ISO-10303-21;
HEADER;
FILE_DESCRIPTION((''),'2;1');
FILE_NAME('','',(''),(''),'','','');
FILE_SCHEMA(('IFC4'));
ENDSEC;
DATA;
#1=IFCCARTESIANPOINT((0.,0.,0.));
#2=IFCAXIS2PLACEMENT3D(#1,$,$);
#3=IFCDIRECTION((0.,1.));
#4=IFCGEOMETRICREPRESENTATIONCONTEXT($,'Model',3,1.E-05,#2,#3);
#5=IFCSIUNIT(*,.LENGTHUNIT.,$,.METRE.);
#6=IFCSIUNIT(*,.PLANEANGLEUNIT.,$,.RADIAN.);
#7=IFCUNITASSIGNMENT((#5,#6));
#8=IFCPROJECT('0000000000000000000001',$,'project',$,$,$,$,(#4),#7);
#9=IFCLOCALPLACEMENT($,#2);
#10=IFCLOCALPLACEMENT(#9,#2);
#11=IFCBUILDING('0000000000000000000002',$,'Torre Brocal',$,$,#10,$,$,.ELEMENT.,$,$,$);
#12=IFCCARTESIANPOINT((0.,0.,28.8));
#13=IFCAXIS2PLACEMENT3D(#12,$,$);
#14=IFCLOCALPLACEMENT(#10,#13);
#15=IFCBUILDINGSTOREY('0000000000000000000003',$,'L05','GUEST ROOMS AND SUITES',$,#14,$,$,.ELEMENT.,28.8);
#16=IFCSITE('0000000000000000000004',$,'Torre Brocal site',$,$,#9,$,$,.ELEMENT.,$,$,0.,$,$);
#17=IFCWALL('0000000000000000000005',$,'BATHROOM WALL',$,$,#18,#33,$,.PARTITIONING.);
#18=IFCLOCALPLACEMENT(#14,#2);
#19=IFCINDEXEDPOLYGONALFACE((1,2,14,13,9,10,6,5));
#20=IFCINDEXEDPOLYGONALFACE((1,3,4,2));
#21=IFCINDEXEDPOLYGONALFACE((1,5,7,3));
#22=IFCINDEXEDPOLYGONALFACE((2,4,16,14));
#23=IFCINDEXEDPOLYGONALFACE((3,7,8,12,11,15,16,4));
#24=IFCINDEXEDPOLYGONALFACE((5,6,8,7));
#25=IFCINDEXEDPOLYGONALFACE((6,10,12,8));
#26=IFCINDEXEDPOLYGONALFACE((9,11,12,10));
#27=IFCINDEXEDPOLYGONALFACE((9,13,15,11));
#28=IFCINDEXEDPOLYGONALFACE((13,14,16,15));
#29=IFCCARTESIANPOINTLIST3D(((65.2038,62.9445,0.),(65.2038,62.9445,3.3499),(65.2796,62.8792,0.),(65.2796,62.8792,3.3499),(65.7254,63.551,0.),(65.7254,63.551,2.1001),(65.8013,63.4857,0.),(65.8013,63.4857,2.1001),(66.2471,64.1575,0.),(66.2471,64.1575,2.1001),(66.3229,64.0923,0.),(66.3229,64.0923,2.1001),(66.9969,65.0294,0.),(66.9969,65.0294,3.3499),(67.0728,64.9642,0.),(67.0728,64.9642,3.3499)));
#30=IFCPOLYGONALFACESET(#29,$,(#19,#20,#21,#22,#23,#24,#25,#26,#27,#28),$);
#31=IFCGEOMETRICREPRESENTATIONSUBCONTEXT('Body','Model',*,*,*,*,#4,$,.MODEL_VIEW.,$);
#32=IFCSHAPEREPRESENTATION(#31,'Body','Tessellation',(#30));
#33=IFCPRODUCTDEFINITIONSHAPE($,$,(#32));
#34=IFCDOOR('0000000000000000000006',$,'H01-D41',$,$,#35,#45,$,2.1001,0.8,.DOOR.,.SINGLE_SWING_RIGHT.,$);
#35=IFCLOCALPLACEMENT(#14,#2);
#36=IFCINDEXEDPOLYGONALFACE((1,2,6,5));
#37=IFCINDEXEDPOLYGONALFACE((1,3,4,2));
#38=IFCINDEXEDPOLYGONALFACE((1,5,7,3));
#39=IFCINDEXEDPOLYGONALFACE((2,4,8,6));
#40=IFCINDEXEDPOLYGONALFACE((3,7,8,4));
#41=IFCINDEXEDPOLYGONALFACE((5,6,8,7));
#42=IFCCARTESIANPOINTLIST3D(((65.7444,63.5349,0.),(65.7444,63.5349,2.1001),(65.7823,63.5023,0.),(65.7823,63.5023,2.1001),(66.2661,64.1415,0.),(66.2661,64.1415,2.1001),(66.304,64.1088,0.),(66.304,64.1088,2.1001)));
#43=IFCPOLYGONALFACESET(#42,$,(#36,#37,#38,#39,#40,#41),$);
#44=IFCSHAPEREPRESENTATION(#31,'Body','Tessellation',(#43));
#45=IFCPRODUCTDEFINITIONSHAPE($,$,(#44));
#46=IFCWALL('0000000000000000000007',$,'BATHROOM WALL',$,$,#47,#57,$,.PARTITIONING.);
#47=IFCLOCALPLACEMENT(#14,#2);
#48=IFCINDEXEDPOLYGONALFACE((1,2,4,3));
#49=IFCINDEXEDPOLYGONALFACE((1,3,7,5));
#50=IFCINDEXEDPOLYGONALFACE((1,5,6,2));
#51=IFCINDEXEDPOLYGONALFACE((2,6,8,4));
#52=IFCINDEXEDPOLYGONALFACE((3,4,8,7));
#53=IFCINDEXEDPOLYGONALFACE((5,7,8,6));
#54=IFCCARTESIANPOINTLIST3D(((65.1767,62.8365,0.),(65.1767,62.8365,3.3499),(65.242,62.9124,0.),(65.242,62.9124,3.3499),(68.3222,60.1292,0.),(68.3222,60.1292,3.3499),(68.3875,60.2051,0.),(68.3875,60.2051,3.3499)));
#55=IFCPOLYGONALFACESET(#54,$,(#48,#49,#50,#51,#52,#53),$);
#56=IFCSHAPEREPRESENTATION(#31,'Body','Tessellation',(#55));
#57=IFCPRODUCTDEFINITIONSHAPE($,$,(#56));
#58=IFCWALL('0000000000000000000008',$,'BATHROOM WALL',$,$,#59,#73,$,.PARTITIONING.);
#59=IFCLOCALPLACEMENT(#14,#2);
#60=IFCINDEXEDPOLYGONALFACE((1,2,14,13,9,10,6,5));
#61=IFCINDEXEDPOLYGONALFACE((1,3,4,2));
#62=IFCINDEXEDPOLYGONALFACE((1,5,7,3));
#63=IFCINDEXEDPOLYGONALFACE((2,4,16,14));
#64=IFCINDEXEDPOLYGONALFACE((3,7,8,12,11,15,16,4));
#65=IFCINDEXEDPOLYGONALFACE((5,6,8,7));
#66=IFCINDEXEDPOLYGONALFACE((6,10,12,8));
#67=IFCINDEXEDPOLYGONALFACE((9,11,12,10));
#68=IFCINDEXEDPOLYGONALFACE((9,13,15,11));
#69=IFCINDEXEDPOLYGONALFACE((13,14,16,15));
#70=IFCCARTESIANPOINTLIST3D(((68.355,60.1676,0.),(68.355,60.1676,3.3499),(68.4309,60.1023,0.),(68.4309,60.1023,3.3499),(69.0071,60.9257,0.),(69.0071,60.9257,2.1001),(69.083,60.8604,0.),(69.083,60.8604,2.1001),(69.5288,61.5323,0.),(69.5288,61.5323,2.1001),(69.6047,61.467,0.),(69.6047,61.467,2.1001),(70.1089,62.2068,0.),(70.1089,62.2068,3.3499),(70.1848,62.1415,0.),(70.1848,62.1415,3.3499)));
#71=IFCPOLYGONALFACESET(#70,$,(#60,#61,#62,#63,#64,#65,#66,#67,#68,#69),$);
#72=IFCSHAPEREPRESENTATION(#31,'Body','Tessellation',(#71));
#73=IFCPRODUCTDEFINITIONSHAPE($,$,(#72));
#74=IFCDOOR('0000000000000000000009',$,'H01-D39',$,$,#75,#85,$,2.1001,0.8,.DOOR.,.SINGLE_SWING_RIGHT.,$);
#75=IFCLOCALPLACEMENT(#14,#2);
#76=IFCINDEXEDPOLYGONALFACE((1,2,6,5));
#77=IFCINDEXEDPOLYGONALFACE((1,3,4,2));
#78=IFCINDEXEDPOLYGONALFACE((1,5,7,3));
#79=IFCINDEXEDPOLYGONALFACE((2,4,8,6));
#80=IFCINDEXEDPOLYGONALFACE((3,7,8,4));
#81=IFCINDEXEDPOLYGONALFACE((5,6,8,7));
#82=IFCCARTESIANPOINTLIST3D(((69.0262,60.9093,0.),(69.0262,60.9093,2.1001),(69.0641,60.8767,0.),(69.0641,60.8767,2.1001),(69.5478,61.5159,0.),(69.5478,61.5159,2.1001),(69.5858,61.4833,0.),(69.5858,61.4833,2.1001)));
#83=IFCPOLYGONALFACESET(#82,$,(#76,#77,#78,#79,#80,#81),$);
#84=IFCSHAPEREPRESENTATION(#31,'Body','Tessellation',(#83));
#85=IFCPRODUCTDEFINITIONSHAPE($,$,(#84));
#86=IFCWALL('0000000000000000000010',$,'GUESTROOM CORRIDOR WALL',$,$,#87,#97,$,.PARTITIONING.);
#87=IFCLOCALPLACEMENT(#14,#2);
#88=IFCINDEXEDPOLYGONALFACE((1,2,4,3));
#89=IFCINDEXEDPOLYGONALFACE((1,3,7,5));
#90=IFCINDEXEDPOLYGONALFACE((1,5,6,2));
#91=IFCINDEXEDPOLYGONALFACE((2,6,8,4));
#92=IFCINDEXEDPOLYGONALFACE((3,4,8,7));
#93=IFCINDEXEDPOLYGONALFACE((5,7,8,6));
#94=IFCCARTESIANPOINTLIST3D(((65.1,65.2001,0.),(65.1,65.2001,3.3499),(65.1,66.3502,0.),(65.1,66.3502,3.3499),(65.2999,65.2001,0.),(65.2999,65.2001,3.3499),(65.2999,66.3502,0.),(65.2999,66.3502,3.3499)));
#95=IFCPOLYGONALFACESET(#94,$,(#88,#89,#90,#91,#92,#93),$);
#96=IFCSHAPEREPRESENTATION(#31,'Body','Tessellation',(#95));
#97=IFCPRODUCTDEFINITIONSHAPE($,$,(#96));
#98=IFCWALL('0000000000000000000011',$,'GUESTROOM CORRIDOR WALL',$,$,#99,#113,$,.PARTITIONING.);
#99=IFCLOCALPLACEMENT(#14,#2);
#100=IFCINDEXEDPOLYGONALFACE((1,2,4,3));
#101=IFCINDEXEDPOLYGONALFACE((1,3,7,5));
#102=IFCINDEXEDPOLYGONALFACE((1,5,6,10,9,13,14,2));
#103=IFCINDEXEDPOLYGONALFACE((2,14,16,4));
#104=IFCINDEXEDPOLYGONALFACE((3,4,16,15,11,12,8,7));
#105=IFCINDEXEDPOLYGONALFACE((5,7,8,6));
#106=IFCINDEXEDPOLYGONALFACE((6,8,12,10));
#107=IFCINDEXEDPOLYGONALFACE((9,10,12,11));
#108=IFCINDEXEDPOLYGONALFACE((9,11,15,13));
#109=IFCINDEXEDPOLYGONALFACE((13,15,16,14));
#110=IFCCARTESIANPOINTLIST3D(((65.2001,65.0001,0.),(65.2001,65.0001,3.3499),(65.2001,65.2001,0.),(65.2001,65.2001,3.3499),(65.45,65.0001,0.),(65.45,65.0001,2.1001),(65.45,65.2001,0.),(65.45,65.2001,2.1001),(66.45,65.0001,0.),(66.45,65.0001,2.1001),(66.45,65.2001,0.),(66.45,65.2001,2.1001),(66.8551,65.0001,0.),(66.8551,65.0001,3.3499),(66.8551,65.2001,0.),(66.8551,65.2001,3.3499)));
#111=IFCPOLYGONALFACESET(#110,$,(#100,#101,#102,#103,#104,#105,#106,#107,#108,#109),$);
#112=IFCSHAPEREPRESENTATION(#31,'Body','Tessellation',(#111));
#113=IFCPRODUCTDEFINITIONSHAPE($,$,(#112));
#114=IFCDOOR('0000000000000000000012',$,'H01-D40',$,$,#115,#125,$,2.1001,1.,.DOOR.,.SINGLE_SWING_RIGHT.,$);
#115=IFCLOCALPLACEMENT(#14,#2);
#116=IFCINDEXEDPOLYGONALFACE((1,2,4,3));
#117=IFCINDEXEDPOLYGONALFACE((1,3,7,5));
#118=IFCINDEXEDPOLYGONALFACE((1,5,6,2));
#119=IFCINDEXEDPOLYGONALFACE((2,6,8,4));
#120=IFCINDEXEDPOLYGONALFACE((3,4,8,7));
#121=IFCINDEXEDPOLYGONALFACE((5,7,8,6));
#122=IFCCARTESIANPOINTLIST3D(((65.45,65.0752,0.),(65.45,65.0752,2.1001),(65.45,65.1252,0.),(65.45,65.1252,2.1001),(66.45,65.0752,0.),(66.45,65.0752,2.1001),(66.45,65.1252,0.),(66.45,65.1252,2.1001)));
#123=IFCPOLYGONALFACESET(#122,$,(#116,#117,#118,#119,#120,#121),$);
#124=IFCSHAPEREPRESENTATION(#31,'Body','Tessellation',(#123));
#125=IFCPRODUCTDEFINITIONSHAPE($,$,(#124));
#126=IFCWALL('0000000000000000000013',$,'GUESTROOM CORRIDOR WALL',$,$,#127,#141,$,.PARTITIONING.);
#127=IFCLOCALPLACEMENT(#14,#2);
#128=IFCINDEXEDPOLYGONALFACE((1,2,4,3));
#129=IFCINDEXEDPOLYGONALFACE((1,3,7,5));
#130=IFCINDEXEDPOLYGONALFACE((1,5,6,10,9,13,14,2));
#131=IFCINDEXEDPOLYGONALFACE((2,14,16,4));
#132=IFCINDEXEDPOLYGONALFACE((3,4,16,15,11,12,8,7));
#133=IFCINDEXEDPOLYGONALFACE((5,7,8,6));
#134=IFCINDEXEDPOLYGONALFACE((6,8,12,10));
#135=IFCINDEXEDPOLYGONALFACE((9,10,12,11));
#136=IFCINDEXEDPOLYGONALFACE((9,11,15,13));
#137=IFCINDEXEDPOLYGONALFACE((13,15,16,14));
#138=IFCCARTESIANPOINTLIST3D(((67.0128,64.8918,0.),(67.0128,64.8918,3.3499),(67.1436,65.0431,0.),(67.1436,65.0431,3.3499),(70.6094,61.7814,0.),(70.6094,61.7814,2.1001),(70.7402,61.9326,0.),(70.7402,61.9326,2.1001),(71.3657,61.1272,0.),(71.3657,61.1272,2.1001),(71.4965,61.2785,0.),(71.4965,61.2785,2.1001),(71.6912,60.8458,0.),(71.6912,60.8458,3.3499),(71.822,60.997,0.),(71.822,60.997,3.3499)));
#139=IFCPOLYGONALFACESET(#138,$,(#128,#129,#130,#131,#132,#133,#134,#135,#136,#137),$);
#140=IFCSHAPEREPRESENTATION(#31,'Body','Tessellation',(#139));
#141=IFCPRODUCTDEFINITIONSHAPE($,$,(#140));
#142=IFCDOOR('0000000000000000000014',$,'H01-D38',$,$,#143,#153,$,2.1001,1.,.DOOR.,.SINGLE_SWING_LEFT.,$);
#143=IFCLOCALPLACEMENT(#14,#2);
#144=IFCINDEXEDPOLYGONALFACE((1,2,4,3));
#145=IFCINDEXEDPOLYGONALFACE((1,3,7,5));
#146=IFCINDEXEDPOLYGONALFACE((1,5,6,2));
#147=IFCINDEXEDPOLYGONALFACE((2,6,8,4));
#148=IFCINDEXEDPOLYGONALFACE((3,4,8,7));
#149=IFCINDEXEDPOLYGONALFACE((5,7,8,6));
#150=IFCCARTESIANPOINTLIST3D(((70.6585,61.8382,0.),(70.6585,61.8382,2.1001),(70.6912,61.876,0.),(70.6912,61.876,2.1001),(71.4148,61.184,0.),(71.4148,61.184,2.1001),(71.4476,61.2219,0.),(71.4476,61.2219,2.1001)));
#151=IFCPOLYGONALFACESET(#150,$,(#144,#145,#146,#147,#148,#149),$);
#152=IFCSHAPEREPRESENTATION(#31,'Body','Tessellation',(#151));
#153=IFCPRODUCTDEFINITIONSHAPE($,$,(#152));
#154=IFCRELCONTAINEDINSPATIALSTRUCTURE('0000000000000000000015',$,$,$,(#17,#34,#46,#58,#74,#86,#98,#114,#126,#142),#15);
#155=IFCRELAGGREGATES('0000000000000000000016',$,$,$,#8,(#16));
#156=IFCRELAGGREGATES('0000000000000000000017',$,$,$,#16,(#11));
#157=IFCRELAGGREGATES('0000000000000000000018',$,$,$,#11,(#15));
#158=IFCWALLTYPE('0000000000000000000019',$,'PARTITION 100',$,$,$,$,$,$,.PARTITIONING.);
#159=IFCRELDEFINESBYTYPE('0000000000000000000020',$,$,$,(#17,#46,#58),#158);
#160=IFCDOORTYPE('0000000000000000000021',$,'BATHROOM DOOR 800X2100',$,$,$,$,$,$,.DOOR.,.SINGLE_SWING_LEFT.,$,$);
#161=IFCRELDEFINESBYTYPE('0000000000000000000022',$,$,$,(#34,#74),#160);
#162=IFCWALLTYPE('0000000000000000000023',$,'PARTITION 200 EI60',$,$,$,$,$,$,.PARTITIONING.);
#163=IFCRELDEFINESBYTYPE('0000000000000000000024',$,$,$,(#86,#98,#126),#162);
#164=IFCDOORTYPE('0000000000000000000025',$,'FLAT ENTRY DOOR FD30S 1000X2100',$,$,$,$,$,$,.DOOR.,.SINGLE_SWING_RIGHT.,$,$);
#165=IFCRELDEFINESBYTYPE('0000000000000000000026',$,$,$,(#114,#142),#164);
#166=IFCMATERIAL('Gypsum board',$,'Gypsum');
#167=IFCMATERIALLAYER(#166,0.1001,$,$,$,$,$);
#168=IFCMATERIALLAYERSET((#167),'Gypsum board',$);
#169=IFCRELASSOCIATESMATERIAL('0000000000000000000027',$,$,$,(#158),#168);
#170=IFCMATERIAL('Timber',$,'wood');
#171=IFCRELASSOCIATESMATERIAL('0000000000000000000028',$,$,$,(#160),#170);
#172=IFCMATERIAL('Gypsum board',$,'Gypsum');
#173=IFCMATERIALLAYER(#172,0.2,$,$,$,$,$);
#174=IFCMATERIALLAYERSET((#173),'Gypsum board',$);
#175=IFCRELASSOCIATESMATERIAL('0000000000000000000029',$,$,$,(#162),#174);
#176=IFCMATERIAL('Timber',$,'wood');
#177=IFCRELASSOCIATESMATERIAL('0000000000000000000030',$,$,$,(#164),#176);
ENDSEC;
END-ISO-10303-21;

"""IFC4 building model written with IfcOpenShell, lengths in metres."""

from ifc_helpers import new_model, si_unit, direction, frame, frame_2d, origin, place, context, subcontext, project, spatial, rectangle, extrude, material, layer, layer_set, type_object, element, fill, save


model = new_model("IFC4")

# Units and contexts
model_context = context("Model", 3, precision=1e-05, world=origin(), true_north=direction((0.0, 1.0)))
body_context = subcontext(model_context, "Body", "Model", "MODEL_VIEW")
ifc_project = project(units=[si_unit("LENGTHUNIT", "METRE"), si_unit("PLANEANGLEUNIT", "RADIAN")], contexts=[model_context])

# Site, building, storey
site_placement = place(None, origin())
site = spatial("IfcSite", under=ifc_project, at=site_placement, Name="Torre Brocal site", CompositionType="ELEMENT", RefElevation=0.0)
building_placement = place(site_placement, origin())
building = spatial("IfcBuilding", under=site, at=building_placement, Name="Torre Brocal", CompositionType="ELEMENT")
storey_placement = place(building_placement, frame((0.0, 0.0, 28.8)))
storey = spatial("IfcBuildingStorey", under=building, at=storey_placement, Name="L05", Description="GUEST ROOMS AND SUITES", CompositionType="ELEMENT", Elevation=28.8)

# Wall, opening, door
ifc_material_1 = material(Name="Gypsum board", Category="Gypsum")
ifc_layer_1 = layer(ifc_material_1, 0.1001)
ifc_layer_set_1 = layer_set([ifc_layer_1], Name="Gypsum board")
wall_type_1 = type_object("IfcWallType", Name="PARTITION 100", PredefinedType="PARTITIONING", material=ifc_layer_set_1)
wall_1_placement = place(storey_placement, frame((65.2417, 62.9119, 0.0), z_axis=(0.0, 0.0, 1.0), x_axis=(0.65207, 0.758159, 0.0)))
wall_1 = element("IfcWall", 1, at=wall_1_placement, inside=storey, type_object=wall_type_1, Name="BATHROOM WALL", PredefinedType="PARTITIONING", context=body_context, shape_type="SweptSolid", body=[
    extrude(rectangle(XDim=2.75, YDim=0.1001, at=frame_2d((1.375, 0.0))), origin(), (0.0, 0.0, 1.0), 3.3499),
])
opening_1_placement = place(wall_1_placement, frame((0.8, 0.0, 0.0)))
opening_1 = element("IfcOpeningElement", 2, at=opening_1_placement, cuts=wall_1, PredefinedType="OPENING", context=body_context, shape_type="SweptSolid", body=[
    extrude(rectangle(XDim=0.8, YDim=2.1001, at=frame_2d((0.3999, 1.05))), frame((0.0, 0.0601, 0.0), z_axis=(0.0, -1.0, 0.0), x_axis=(1.0, 0.0, 0.0)), (0.0, 0.0, 1.0), 0.1201),
])
ifc_material_2 = material(Name="Timber", Category="wood")
door_type_1 = type_object("IfcDoorType", Name="BATHROOM DOOR 800X2100", OperationType="SINGLE_SWING_LEFT", PredefinedType="DOOR", material=ifc_material_2)
door_1_placement = place(opening_1_placement, frame((0.8, 0.0, 0.0), z_axis=(0.0, 0.0, 1.0), x_axis=(-1.0, 0.0, 0.0)))
door_1 = element("IfcDoor", 3, at=door_1_placement, inside=storey, type_object=door_type_1, Name="H01-D41", OperationType="SINGLE_SWING_RIGHT", OverallHeight=2.1001, OverallWidth=0.8, PredefinedType="DOOR", context=body_context, shape_type="SweptSolid", body=[
    extrude(rectangle(XDim=0.8, YDim=2.1001, at=frame_2d((0.3999, 1.05))), frame((0.0, 0.0249, 0.0), z_axis=(0.0, -1.0, 0.0), x_axis=(1.0, 0.0, 0.0)), (0.0, 0.0, 1.0), 0.05),
])
fill(opening_1, door_1)

# Wall
wall_2_placement = place(storey_placement, frame((65.2092, 62.8745, 0.0), z_axis=(0.0, 0.0, 1.0), x_axis=(0.75793, -0.652335, 0.0)))
element("IfcWall", 4, at=wall_2_placement, inside=storey, type_object=wall_type_1, Name="BATHROOM WALL", PredefinedType="PARTITIONING", context=body_context, shape_type="SweptSolid", body=[
    extrude(rectangle(XDim=4.1501, YDim=0.1001, at=frame_2d((2.0752, 0.0))), origin(), (0.0, 0.0, 1.0), 3.3499),
])

# Wall, opening, door
wall_3_placement = place(storey_placement, frame((68.3931, 60.135, 0.0), z_axis=(0.0, 0.0, 1.0), x_axis=(0.652061, 0.758166, 0.0)))
wall_3 = element("IfcWall", 5, at=wall_3_placement, inside=storey, type_object=wall_type_1, Name="BATHROOM WALL", PredefinedType="PARTITIONING", context=body_context, shape_type="SweptSolid", body=[
    extrude(rectangle(XDim=2.6897, YDim=0.1001, at=frame_2d((1.3447, 0.0))), origin(), (0.0, 0.0, 1.0), 3.3499),
])
opening_2_placement = place(wall_3_placement, frame((1.0, 0.0, 0.0)))
opening_2 = element("IfcOpeningElement", 6, at=opening_2_placement, cuts=wall_3, PredefinedType="OPENING", context=body_context, shape_type="SweptSolid", body=[
    extrude(rectangle(XDim=0.8, YDim=2.1001, at=frame_2d((0.3999, 1.05))), frame((0.0, 0.0601, 0.0), z_axis=(0.0, -1.0, 0.0), x_axis=(1.0, 0.0, 0.0)), (0.0, 0.0, 1.0), 0.1201),
])
door_2_placement = place(opening_2_placement, origin())
door_2 = element("IfcDoor", 7, at=door_2_placement, inside=storey, type_object=door_type_1, Name="H01-D39", OperationType="SINGLE_SWING_RIGHT", OverallHeight=2.1001, OverallWidth=0.8, PredefinedType="DOOR", context=body_context, shape_type="SweptSolid", body=[
    extrude(rectangle(XDim=0.8, YDim=2.1001, at=frame_2d((0.3999, 1.05))), frame((0.0, 0.0249, 0.0), z_axis=(0.0, -1.0, 0.0), x_axis=(1.0, 0.0, 0.0)), (0.0, 0.0, 1.0), 0.05),
])
fill(opening_2, door_2)

# Wall
ifc_material_3 = material(Name="Gypsum board", Category="Gypsum")
ifc_layer_2 = layer(ifc_material_3, 0.2)
ifc_layer_set_2 = layer_set([ifc_layer_2], Name="Gypsum board")
wall_type_2 = type_object("IfcWallType", Name="PARTITION 200 EI60", PredefinedType="PARTITIONING", material=ifc_layer_set_2)
wall_4_placement = place(storey_placement, frame((65.2, 65.2, 0.0), z_axis=(0.0, 0.0, 1.0), x_axis=(0.0, 1.0, 0.0)))
element("IfcWall", 8, at=wall_4_placement, inside=storey, type_object=wall_type_2, Name="GUESTROOM CORRIDOR WALL", PredefinedType="PARTITIONING", context=body_context, shape_type="SweptSolid", body=[
    extrude(rectangle(XDim=1.1501, YDim=0.2, at=frame_2d((0.5752, 0.0))), origin(), (0.0, 0.0, 1.0), 3.3499),
])

# Walls, openings, doors
wall_5_placement = place(storey_placement, frame((65.2, 65.1001, 0.0), z_axis=(0.0, 0.0, 1.0), x_axis=(1.0, 0.0, 0.0)))
wall_5 = element("IfcWall", 9, at=wall_5_placement, inside=storey, type_object=wall_type_2, Name="GUESTROOM CORRIDOR WALL", PredefinedType="PARTITIONING", context=body_context, shape_type="SweptSolid", body=[
    extrude(rectangle(XDim=1.655, YDim=0.2, at=frame_2d((0.8276, 0.0))), origin(), (0.0, 0.0, 1.0), 3.3499),
])
opening_3_placement = place(wall_5_placement, frame((0.25, 0.0, 0.0)))
opening_3 = element("IfcOpeningElement", 10, at=opening_3_placement, cuts=wall_5, PredefinedType="OPENING", context=body_context, shape_type="SweptSolid", body=[
    extrude(rectangle(XDim=1.0, YDim=2.1001, at=frame_2d((0.5, 1.05))), frame((0.0, 0.1099, 0.0), z_axis=(0.0, -1.0, 0.0), x_axis=(1.0, 0.0, 0.0)), (0.0, 0.0, 1.0), 0.22),
])
ifc_material_4 = material(Name="Timber", Category="wood")
door_type_2 = type_object("IfcDoorType", Name="FLAT ENTRY DOOR FD30S 1000X2100", OperationType="SINGLE_SWING_RIGHT", PredefinedType="DOOR", material=ifc_material_4)
door_3_placement = place(opening_3_placement, frame((1.0, 0.0, 0.0), z_axis=(0.0, 0.0, 1.0), x_axis=(-1.0, 0.0, 0.0)))
door_3 = element("IfcDoor", 11, at=door_3_placement, inside=storey, type_object=door_type_2, Name="H01-D40", OperationType="SINGLE_SWING_RIGHT", OverallHeight=2.1001, OverallWidth=1.0, PredefinedType="DOOR", context=body_context, shape_type="SweptSolid", body=[
    extrude(rectangle(XDim=1.0, YDim=2.1001, at=frame_2d((0.5, 1.05))), frame((0.0, 0.0249, 0.0), z_axis=(0.0, -1.0, 0.0), x_axis=(1.0, 0.0, 0.0)), (0.0, 0.0, 1.0), 0.05),
])
fill(opening_3, door_3)
wall_6_placement = place(storey_placement, frame((67.0781, 64.9675, 0.0), z_axis=(0.0, 0.0, 1.0), x_axis=(0.756371, -0.654143, 0.0)))
wall_6 = element("IfcWall", 12, at=wall_6_placement, inside=storey, type_object=wall_type_2, Name="GUESTROOM CORRIDOR WALL", PredefinedType="PARTITIONING", context=body_context, shape_type="SweptSolid", body=[
    extrude(rectangle(XDim=6.1853, YDim=0.2, at=frame_2d((3.0928, 0.0))), origin(), (0.0, 0.0, 1.0), 3.3499),
])
opening_4_placement = place(wall_6_placement, frame((4.7551, 0.0, 0.0)))
opening_4 = element("IfcOpeningElement", 13, at=opening_4_placement, cuts=wall_6, PredefinedType="OPENING", context=body_context, shape_type="SweptSolid", body=[
    extrude(rectangle(XDim=1.0, YDim=2.1001, at=frame_2d((0.5, 1.05))), frame((0.0, 0.1099, 0.0), z_axis=(0.0, -1.0, 0.0), x_axis=(1.0, 0.0, 0.0)), (0.0, 0.0, 1.0), 0.22),
])
door_4_placement = place(opening_4_placement, frame((1.0, 0.0, 0.0), z_axis=(0.0, 0.0, 1.0), x_axis=(-1.0, 0.0, 0.0)))
door_4 = element("IfcDoor", 14, at=door_4_placement, inside=storey, type_object=door_type_2, Name="H01-D38", OperationType="SINGLE_SWING_LEFT", OverallHeight=2.1001, OverallWidth=1.0, PredefinedType="DOOR", context=body_context, shape_type="SweptSolid", body=[
    extrude(rectangle(XDim=1.0, YDim=2.1001, at=frame_2d((0.5, 1.05))), frame((0.0, 0.0249, 0.0), z_axis=(0.0, -1.0, 0.0), x_axis=(1.0, 0.0, 0.0)), (0.0, 0.0, 1.0), 0.05),
])
fill(opening_4, door_4)

save(model, "model.ifc")
